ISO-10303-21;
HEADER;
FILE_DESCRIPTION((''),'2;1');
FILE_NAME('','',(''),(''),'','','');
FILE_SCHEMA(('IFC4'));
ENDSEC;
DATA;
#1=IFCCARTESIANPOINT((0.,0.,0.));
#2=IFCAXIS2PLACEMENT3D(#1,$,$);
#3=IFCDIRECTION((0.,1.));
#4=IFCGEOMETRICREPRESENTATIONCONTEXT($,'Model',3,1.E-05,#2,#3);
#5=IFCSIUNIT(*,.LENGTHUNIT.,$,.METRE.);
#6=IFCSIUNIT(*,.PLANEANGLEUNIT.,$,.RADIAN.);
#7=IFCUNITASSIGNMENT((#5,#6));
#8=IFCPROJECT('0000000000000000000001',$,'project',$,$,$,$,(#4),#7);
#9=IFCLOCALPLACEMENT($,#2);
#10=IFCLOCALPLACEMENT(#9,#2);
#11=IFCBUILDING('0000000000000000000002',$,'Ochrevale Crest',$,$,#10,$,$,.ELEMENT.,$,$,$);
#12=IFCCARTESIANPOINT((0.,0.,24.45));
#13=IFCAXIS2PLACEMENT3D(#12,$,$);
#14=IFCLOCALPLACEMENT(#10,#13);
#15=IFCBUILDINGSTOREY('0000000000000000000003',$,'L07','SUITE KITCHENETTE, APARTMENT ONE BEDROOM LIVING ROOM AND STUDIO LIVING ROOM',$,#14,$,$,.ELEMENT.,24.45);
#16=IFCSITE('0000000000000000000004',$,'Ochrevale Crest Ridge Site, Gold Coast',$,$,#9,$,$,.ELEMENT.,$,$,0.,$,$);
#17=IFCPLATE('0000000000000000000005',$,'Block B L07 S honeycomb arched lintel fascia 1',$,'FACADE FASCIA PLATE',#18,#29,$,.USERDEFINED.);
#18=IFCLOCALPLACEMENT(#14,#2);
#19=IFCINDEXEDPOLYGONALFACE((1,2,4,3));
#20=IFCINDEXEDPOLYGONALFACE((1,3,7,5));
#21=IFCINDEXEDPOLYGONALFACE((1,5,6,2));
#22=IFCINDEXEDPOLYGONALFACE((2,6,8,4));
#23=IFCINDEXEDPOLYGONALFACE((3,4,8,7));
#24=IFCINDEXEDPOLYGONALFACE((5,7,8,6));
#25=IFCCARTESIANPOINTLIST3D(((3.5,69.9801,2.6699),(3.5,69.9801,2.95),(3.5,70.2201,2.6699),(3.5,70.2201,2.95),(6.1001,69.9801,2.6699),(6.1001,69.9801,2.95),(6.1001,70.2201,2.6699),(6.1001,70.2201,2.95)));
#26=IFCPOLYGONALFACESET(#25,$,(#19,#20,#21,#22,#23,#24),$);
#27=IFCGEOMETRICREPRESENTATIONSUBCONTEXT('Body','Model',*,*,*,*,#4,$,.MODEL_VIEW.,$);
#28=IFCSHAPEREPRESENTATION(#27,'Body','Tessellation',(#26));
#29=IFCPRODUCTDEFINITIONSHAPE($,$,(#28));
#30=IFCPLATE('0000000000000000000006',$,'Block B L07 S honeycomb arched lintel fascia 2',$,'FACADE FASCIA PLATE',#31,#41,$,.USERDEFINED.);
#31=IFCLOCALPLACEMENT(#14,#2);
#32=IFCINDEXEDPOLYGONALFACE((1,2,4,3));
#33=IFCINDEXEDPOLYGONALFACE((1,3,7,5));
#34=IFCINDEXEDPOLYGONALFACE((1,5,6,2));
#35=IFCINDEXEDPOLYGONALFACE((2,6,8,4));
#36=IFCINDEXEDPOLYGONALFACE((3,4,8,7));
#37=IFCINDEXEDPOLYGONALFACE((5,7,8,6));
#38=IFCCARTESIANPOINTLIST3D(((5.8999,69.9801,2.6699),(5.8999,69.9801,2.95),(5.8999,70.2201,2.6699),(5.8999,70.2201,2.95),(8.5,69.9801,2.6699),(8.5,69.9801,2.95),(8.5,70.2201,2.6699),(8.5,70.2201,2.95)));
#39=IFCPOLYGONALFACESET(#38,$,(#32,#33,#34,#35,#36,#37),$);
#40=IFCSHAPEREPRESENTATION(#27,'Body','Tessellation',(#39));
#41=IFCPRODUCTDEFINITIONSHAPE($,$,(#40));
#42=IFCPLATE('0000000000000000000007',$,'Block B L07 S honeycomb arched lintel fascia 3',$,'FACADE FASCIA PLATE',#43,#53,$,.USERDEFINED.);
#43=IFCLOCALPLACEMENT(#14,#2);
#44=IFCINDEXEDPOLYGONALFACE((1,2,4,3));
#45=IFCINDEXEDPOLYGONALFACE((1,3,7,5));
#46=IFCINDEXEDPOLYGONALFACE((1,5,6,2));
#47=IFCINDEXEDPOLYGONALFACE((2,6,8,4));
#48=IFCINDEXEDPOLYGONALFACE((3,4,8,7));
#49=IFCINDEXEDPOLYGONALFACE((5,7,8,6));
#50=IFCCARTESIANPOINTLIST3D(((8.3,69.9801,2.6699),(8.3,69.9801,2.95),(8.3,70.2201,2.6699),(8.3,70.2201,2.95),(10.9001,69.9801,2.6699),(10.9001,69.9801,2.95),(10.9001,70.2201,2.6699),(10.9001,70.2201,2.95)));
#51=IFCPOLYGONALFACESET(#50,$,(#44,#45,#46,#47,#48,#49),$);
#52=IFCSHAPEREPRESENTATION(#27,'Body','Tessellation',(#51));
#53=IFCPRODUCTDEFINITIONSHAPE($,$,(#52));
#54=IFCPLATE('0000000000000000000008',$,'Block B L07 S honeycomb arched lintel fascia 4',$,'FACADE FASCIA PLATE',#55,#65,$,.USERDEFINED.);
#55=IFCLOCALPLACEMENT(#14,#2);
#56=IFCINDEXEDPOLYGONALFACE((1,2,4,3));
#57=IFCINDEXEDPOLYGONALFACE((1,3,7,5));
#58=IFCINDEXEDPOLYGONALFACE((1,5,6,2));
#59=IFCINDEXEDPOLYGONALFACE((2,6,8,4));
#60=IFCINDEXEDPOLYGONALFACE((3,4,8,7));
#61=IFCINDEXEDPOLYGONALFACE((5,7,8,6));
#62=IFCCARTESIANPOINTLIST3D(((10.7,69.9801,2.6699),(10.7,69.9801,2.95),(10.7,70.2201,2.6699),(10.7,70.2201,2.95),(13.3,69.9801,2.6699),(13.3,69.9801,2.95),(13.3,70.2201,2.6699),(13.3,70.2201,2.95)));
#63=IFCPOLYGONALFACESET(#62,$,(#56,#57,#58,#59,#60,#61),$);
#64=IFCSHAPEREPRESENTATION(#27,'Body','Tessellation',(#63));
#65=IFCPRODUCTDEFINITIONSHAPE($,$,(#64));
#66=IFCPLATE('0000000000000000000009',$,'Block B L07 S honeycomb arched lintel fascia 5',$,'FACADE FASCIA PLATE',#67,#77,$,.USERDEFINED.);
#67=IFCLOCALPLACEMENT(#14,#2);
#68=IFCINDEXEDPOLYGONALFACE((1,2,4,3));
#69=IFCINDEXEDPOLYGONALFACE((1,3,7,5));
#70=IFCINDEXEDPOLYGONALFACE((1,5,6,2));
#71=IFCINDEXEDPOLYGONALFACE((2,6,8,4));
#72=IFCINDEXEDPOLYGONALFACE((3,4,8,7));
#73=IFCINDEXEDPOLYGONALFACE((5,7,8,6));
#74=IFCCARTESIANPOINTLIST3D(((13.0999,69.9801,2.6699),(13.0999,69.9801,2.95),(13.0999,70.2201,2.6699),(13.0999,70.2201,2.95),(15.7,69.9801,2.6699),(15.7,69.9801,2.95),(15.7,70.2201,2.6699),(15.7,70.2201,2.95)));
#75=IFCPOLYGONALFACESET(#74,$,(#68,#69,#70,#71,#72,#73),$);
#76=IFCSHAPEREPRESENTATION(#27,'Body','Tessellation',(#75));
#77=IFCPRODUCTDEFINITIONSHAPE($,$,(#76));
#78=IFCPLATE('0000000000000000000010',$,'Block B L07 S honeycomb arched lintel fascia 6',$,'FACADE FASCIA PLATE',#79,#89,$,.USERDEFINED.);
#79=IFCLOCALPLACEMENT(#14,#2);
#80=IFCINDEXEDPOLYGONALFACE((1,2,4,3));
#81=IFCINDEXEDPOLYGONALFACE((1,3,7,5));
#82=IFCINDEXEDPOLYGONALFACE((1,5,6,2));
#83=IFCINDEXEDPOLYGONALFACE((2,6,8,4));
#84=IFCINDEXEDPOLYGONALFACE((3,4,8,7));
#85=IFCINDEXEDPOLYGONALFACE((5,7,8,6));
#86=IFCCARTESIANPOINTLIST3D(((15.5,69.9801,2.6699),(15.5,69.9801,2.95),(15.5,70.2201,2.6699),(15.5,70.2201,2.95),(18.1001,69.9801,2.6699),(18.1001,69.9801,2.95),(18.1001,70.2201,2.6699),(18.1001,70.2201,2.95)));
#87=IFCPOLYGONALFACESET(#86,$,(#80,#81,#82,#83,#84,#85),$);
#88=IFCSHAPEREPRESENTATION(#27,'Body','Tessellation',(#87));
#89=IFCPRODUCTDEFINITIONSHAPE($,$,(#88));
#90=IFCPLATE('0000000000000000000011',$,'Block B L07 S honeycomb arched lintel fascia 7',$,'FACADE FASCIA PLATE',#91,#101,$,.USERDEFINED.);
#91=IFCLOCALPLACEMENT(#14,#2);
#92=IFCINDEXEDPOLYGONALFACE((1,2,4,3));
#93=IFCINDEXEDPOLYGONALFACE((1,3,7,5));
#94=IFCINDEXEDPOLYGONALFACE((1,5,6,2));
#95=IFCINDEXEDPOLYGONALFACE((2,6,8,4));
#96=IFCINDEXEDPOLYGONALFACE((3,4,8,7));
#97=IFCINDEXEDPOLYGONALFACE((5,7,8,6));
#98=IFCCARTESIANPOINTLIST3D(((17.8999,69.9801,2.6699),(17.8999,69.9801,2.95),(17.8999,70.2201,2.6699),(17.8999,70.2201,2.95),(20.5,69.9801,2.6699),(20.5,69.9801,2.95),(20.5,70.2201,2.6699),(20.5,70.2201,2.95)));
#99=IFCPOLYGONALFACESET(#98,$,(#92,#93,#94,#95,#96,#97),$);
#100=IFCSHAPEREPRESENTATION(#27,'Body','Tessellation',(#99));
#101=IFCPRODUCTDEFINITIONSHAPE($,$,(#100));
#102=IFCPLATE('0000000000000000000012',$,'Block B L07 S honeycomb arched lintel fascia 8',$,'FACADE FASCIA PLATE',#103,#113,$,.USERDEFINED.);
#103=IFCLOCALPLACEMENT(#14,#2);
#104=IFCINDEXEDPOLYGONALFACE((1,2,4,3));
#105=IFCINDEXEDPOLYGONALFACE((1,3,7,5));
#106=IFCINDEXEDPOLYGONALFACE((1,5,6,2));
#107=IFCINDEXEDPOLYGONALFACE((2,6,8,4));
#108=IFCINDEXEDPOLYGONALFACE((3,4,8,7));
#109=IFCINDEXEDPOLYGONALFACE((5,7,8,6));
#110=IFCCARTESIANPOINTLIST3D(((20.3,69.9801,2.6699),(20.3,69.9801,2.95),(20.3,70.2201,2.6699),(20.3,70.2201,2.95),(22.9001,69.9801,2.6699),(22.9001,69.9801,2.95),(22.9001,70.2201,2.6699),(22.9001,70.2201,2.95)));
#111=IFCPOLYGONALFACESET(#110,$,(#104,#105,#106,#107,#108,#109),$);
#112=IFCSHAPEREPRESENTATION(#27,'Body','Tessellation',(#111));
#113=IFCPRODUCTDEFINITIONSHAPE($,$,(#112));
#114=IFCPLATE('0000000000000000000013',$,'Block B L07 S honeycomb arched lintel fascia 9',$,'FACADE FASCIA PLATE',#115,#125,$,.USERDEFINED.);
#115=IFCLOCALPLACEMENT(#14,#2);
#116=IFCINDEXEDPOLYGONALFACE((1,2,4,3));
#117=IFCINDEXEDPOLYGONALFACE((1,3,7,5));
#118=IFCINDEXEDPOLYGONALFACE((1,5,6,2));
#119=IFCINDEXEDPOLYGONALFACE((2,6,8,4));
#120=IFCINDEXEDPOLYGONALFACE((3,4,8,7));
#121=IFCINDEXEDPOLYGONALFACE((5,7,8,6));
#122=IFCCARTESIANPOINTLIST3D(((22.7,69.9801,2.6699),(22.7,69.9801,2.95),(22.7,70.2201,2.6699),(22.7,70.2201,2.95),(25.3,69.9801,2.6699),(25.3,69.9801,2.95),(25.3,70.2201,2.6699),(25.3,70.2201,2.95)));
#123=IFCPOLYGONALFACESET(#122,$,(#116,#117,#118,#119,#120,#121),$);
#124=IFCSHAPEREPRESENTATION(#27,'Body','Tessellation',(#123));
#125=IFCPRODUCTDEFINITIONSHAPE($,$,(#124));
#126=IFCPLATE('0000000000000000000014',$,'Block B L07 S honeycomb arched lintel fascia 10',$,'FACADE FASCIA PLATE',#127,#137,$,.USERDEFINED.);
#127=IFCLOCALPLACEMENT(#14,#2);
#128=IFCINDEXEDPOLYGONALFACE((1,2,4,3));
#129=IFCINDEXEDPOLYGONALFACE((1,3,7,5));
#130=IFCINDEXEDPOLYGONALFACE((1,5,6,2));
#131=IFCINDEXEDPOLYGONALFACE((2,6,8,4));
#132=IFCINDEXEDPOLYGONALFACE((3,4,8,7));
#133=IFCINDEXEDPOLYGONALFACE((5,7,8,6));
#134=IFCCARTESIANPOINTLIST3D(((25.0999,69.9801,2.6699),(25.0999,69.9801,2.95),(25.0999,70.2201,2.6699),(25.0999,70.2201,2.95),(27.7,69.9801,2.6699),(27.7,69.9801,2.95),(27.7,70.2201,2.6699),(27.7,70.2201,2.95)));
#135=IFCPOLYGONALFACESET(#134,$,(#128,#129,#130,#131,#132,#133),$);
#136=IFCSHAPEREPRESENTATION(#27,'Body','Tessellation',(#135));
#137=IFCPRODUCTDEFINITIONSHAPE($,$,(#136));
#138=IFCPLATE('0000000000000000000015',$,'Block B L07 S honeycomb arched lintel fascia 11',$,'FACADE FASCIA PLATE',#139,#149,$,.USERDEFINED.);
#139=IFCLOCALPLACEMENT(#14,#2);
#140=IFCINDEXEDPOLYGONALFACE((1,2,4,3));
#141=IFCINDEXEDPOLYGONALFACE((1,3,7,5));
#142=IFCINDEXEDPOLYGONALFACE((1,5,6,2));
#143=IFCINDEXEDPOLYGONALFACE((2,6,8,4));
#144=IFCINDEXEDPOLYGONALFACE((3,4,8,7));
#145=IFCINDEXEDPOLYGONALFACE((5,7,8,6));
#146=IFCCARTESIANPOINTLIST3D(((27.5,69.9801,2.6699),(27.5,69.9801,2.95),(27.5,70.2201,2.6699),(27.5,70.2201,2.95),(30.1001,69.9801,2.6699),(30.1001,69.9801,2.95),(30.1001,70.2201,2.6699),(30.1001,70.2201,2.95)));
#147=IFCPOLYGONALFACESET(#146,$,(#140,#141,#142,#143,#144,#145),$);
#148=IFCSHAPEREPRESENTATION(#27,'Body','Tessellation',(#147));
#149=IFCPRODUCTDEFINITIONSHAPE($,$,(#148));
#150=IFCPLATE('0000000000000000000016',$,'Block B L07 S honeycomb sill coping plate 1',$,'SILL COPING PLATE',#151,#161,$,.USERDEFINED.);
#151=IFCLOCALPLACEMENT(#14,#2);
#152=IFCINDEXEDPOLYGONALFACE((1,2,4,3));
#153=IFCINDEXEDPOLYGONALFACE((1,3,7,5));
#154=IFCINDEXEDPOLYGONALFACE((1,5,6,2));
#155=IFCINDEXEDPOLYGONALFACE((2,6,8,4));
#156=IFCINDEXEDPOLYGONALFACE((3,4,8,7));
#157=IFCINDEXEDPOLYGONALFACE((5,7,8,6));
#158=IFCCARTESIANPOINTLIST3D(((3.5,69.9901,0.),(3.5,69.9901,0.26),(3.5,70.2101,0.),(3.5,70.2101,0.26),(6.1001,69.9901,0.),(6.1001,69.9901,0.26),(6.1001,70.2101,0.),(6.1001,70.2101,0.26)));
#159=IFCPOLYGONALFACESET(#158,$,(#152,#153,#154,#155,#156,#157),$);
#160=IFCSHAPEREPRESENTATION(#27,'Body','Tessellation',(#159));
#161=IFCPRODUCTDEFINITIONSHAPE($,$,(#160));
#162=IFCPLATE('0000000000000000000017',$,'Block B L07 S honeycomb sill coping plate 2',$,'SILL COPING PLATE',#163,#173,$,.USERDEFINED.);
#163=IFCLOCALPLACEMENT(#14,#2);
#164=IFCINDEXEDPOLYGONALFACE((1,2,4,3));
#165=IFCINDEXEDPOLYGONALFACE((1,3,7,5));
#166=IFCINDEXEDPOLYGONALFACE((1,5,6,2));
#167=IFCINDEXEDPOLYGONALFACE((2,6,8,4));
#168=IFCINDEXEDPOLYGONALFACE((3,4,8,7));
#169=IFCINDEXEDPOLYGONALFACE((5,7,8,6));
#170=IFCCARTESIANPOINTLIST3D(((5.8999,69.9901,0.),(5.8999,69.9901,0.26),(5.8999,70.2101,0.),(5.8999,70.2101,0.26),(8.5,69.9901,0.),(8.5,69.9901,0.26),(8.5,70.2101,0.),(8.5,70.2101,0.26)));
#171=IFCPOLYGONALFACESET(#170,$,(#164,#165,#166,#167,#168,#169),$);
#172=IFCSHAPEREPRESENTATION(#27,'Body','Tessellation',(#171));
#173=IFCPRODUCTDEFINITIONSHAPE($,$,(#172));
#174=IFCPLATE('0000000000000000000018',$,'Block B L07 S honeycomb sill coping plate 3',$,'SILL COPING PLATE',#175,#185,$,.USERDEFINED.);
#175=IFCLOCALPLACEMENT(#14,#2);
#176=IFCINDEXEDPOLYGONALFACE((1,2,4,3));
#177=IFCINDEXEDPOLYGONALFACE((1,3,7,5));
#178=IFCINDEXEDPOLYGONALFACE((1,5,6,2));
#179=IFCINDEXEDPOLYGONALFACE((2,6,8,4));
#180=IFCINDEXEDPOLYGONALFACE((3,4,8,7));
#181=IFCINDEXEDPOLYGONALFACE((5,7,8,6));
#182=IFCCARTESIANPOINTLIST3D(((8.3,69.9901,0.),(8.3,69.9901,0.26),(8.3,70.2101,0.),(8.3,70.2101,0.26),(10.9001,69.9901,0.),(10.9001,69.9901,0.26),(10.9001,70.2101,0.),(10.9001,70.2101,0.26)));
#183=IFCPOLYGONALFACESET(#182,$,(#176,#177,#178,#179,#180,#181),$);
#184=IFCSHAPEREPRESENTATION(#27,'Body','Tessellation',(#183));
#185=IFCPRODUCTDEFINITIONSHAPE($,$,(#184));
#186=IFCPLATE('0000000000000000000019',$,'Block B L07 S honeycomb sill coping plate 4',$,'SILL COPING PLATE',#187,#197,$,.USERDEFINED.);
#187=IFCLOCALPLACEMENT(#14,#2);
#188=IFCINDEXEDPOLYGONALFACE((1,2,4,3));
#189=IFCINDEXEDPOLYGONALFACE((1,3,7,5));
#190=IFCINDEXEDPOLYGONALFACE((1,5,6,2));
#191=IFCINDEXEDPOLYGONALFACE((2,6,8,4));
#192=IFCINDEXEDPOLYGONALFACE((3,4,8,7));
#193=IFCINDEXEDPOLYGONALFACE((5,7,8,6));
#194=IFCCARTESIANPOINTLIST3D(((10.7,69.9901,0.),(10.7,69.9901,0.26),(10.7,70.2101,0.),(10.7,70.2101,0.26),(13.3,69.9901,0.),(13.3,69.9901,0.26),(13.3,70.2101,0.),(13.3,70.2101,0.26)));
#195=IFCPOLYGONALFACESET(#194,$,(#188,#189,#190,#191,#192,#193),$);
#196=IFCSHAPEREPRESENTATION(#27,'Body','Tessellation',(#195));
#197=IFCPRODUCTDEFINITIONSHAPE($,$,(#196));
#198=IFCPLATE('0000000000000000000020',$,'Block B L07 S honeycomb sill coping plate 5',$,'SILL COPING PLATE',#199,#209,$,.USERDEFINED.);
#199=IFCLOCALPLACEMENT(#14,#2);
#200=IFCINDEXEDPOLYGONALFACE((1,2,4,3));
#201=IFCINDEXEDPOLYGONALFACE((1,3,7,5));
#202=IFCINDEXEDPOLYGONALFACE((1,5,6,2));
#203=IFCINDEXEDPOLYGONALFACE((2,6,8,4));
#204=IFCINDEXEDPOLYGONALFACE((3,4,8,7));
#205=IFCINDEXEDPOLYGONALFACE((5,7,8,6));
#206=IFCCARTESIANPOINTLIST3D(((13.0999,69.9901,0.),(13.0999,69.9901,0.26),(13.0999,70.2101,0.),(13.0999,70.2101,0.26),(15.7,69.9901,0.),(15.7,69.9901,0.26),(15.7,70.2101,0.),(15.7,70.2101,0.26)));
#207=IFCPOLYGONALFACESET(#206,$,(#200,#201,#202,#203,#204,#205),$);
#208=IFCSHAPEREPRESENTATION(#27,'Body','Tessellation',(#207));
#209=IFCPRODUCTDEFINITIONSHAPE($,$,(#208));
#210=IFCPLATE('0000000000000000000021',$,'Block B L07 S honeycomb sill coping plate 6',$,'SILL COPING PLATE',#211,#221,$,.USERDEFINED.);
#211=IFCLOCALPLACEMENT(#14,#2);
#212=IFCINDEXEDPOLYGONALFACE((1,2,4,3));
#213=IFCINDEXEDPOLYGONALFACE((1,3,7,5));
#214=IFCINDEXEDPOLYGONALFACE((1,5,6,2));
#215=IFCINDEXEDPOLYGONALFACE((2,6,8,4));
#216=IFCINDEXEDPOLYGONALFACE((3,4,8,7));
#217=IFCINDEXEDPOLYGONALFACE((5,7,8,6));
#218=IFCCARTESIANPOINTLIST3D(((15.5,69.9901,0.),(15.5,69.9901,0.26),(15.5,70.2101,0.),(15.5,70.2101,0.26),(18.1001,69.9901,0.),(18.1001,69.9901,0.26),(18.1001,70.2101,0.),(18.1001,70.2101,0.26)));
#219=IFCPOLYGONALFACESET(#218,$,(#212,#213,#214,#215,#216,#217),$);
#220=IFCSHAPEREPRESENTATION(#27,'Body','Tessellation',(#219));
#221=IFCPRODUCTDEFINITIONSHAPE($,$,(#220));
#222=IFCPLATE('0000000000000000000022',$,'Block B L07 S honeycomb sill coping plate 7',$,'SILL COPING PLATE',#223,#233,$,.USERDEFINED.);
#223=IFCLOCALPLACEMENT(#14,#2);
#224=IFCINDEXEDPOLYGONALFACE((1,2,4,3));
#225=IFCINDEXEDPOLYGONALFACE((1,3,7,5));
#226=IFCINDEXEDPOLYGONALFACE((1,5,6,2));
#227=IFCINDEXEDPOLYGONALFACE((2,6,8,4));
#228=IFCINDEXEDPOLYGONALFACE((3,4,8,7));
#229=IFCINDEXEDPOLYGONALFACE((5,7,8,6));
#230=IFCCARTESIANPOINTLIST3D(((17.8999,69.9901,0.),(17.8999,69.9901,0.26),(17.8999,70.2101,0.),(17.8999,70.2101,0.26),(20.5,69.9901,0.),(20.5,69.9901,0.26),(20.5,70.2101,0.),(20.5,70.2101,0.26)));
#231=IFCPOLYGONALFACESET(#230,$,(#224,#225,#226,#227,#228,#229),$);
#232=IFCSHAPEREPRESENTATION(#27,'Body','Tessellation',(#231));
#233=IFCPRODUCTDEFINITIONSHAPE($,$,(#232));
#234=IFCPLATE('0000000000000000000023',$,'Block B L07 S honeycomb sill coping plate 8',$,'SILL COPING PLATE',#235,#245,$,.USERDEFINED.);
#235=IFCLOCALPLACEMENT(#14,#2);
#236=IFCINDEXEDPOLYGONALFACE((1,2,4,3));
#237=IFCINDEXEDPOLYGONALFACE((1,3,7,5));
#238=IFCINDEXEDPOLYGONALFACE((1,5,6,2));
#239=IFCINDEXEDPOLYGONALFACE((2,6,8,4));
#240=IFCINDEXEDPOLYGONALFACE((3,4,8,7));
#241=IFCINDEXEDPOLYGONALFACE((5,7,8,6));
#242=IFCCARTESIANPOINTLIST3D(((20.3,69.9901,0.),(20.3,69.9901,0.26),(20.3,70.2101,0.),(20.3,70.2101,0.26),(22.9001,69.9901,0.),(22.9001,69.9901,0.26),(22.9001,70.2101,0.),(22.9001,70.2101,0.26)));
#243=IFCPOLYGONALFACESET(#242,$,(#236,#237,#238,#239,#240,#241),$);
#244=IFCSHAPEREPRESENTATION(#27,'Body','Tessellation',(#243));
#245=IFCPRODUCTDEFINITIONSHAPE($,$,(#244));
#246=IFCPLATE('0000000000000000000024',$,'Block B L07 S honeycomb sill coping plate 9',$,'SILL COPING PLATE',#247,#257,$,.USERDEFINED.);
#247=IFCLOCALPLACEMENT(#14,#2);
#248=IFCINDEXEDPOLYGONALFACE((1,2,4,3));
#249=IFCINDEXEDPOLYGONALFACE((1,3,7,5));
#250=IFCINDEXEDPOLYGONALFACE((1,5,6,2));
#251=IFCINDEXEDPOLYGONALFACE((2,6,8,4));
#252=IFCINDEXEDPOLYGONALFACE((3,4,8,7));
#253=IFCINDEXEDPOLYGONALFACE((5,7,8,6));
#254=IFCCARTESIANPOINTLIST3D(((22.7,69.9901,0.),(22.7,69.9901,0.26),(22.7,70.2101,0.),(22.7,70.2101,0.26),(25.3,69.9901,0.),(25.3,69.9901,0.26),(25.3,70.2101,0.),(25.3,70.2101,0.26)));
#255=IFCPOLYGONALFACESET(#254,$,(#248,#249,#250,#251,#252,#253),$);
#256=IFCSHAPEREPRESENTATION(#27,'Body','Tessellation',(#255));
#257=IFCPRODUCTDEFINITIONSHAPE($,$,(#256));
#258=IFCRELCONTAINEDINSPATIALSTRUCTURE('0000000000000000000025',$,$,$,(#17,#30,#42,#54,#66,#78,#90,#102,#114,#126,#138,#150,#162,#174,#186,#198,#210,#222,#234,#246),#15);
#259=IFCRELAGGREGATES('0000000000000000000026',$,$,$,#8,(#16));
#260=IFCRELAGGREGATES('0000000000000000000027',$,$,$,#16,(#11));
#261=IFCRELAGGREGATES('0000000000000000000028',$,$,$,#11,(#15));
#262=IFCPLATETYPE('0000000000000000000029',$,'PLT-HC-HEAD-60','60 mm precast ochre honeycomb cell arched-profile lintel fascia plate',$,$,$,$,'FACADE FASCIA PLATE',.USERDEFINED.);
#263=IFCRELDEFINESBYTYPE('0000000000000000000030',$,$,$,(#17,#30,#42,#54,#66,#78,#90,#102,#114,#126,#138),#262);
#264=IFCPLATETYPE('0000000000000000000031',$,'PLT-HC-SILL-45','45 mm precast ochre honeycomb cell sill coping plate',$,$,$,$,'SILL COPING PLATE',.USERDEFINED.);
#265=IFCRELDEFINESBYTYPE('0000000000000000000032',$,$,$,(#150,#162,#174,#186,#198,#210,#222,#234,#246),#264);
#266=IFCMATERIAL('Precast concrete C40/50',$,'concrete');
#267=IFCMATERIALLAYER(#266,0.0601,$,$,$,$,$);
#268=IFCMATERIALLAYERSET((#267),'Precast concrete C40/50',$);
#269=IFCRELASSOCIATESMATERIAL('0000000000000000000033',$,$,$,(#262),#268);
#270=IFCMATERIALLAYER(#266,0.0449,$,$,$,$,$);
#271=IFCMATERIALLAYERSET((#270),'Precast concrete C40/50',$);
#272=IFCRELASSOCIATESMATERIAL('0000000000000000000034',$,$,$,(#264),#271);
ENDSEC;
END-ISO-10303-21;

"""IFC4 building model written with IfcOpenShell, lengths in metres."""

from ifc_helpers import new_model, si_unit, direction, frame, origin, origin_2d, place, context, subcontext, project, spatial, rectangle, extrude, material, layer, layer_set, type_object, element, save


model = new_model("IFC4")

# Units and contexts
model_context = context("Model", 3, precision=1e-05, world=origin(), true_north=direction((0.0, 1.0)))
body_context = subcontext(model_context, "Body", "Model", "MODEL_VIEW")
ifc_project = project(units=[si_unit("LENGTHUNIT", "METRE"), si_unit("PLANEANGLEUNIT", "RADIAN")], contexts=[model_context])

# Site, building, storey
site_placement = place(None, origin())
site = spatial("IfcSite", under=ifc_project, at=site_placement, Name="Ochrevale Crest Ridge Site, Gold Coast", CompositionType="ELEMENT", RefElevation=0.0)
building_placement = place(site_placement, origin())
building = spatial("IfcBuilding", under=site, at=building_placement, Name="Ochrevale Crest", CompositionType="ELEMENT")
storey_placement = place(building_placement, frame((0.0, 0.0, 24.45)))
storey = spatial("IfcBuildingStorey", under=building, at=storey_placement, Name="L07", Description="SUITE KITCHENETTE, APARTMENT ONE BEDROOM LIVING ROOM AND STUDIO LIVING ROOM", CompositionType="ELEMENT", Elevation=24.45)

# Plates
ifc_material = material(Name="Precast concrete C40/50", Category="concrete")
ifc_layer_1 = layer(ifc_material, 0.0601)
ifc_layer_set_1 = layer_set([ifc_layer_1], Name="Precast concrete C40/50")
plate_type_1 = type_object("IfcPlateType", Name="PLT-HC-HEAD-60", Description="60 mm precast ochre honeycomb cell arched-profile lintel fascia plate", ElementType="FACADE FASCIA PLATE", PredefinedType="USERDEFINED", material=ifc_layer_set_1)
for number, where, z_axis, x_axis, name in (
    (1, (4.8, 70.1001, 2.6699), (0.0, 0.0, 1.0), (1.0, 0.0, 0.0), "Block B L07 S honeycomb arched lintel fascia 1"),
    (2, (7.2, 70.1001, 2.6699), (0.0, 0.0, 1.0), (1.0, 0.0, 0.0), "Block B L07 S honeycomb arched lintel fascia 2"),
    (3, (9.6001, 70.1001, 2.6699), (0.0, 0.0, 1.0), (1.0, 0.0, 0.0), "Block B L07 S honeycomb arched lintel fascia 3"),
    (4, (12.0, 70.1001, 2.6699), (0.0, 0.0, 1.0), (1.0, 0.0, 0.0), "Block B L07 S honeycomb arched lintel fascia 4"),
    (5, (14.3999, 70.1001, 2.6699), (0.0, 0.0, 1.0), (1.0, 0.0, 0.0), "Block B L07 S honeycomb arched lintel fascia 5"),
    (6, (16.8, 70.1001, 2.6699), (0.0, 0.0, 1.0), (1.0, 0.0, 0.0), "Block B L07 S honeycomb arched lintel fascia 6"),
    (7, (19.2, 70.1001, 2.6699), (0.0, 0.0, 1.0), (1.0, 0.0, 0.0), "Block B L07 S honeycomb arched lintel fascia 7"),
    (8, (21.6001, 70.1001, 2.6699), (0.0, 0.0, 1.0), (1.0, 0.0, 0.0), "Block B L07 S honeycomb arched lintel fascia 8"),
    (9, (24.0, 70.1001, 2.6699), (0.0, 0.0, 1.0), (1.0, 0.0, 0.0), "Block B L07 S honeycomb arched lintel fascia 9"),
    (10, (26.3999, 70.1001, 2.6699), (0.0, 0.0, 1.0), (1.0, 0.0, 0.0), "Block B L07 S honeycomb arched lintel fascia 10"),
    (11, (28.8, 70.1001, 2.6699), (0.0, 0.0, 1.0), (1.0, 0.0, 0.0), "Block B L07 S honeycomb arched lintel fascia 11"),
):
    element("IfcPlate", number, at=place(storey_placement, frame(where, z_axis=z_axis, x_axis=x_axis)), inside=storey, type_object=plate_type_1, Name=name, ObjectType="FACADE FASCIA PLATE", PredefinedType="USERDEFINED", context=body_context, shape_type="SweptSolid", body=[
        extrude(rectangle(XDim=2.6001, YDim=0.24, at=origin_2d()), origin(), (0.0, 0.0, 1.0), 0.28),
    ])
ifc_layer_2 = layer(ifc_material, 0.0449)
ifc_layer_set_2 = layer_set([ifc_layer_2], Name="Precast concrete C40/50")
plate_type_2 = type_object("IfcPlateType", Name="PLT-HC-SILL-45", Description="45 mm precast ochre honeycomb cell sill coping plate", ElementType="SILL COPING PLATE", PredefinedType="USERDEFINED", material=ifc_layer_set_2)
for number, where, z_axis, x_axis, name in (
    (12, (4.8, 70.1001, 0.0), (0.0, 0.0, 1.0), (1.0, 0.0, 0.0), "Block B L07 S honeycomb sill coping plate 1"),
    (13, (7.2, 70.1001, 0.0), (0.0, 0.0, 1.0), (1.0, 0.0, 0.0), "Block B L07 S honeycomb sill coping plate 2"),
    (14, (9.6001, 70.1001, 0.0), (0.0, 0.0, 1.0), (1.0, 0.0, 0.0), "Block B L07 S honeycomb sill coping plate 3"),
    (15, (12.0, 70.1001, 0.0), (0.0, 0.0, 1.0), (1.0, 0.0, 0.0), "Block B L07 S honeycomb sill coping plate 4"),
    (16, (14.3999, 70.1001, 0.0), (0.0, 0.0, 1.0), (1.0, 0.0, 0.0), "Block B L07 S honeycomb sill coping plate 5"),
    (17, (16.8, 70.1001, 0.0), (0.0, 0.0, 1.0), (1.0, 0.0, 0.0), "Block B L07 S honeycomb sill coping plate 6"),
    (18, (19.2, 70.1001, 0.0), (0.0, 0.0, 1.0), (1.0, 0.0, 0.0), "Block B L07 S honeycomb sill coping plate 7"),
    (19, (21.6001, 70.1001, 0.0), (0.0, 0.0, 1.0), (1.0, 0.0, 0.0), "Block B L07 S honeycomb sill coping plate 8"),
    (20, (24.0, 70.1001, 0.0), (0.0, 0.0, 1.0), (1.0, 0.0, 0.0), "Block B L07 S honeycomb sill coping plate 9"),
):
    element("IfcPlate", number, at=place(storey_placement, frame(where, z_axis=z_axis, x_axis=x_axis)), inside=storey, type_object=plate_type_2, Name=name, ObjectType="SILL COPING PLATE", PredefinedType="USERDEFINED", context=body_context, shape_type="SweptSolid", body=[
        extrude(rectangle(XDim=2.6001, YDim=0.22, at=origin_2d()), origin(), (0.0, 0.0, 1.0), 0.26),
    ])

save(model, "model.ifc")
